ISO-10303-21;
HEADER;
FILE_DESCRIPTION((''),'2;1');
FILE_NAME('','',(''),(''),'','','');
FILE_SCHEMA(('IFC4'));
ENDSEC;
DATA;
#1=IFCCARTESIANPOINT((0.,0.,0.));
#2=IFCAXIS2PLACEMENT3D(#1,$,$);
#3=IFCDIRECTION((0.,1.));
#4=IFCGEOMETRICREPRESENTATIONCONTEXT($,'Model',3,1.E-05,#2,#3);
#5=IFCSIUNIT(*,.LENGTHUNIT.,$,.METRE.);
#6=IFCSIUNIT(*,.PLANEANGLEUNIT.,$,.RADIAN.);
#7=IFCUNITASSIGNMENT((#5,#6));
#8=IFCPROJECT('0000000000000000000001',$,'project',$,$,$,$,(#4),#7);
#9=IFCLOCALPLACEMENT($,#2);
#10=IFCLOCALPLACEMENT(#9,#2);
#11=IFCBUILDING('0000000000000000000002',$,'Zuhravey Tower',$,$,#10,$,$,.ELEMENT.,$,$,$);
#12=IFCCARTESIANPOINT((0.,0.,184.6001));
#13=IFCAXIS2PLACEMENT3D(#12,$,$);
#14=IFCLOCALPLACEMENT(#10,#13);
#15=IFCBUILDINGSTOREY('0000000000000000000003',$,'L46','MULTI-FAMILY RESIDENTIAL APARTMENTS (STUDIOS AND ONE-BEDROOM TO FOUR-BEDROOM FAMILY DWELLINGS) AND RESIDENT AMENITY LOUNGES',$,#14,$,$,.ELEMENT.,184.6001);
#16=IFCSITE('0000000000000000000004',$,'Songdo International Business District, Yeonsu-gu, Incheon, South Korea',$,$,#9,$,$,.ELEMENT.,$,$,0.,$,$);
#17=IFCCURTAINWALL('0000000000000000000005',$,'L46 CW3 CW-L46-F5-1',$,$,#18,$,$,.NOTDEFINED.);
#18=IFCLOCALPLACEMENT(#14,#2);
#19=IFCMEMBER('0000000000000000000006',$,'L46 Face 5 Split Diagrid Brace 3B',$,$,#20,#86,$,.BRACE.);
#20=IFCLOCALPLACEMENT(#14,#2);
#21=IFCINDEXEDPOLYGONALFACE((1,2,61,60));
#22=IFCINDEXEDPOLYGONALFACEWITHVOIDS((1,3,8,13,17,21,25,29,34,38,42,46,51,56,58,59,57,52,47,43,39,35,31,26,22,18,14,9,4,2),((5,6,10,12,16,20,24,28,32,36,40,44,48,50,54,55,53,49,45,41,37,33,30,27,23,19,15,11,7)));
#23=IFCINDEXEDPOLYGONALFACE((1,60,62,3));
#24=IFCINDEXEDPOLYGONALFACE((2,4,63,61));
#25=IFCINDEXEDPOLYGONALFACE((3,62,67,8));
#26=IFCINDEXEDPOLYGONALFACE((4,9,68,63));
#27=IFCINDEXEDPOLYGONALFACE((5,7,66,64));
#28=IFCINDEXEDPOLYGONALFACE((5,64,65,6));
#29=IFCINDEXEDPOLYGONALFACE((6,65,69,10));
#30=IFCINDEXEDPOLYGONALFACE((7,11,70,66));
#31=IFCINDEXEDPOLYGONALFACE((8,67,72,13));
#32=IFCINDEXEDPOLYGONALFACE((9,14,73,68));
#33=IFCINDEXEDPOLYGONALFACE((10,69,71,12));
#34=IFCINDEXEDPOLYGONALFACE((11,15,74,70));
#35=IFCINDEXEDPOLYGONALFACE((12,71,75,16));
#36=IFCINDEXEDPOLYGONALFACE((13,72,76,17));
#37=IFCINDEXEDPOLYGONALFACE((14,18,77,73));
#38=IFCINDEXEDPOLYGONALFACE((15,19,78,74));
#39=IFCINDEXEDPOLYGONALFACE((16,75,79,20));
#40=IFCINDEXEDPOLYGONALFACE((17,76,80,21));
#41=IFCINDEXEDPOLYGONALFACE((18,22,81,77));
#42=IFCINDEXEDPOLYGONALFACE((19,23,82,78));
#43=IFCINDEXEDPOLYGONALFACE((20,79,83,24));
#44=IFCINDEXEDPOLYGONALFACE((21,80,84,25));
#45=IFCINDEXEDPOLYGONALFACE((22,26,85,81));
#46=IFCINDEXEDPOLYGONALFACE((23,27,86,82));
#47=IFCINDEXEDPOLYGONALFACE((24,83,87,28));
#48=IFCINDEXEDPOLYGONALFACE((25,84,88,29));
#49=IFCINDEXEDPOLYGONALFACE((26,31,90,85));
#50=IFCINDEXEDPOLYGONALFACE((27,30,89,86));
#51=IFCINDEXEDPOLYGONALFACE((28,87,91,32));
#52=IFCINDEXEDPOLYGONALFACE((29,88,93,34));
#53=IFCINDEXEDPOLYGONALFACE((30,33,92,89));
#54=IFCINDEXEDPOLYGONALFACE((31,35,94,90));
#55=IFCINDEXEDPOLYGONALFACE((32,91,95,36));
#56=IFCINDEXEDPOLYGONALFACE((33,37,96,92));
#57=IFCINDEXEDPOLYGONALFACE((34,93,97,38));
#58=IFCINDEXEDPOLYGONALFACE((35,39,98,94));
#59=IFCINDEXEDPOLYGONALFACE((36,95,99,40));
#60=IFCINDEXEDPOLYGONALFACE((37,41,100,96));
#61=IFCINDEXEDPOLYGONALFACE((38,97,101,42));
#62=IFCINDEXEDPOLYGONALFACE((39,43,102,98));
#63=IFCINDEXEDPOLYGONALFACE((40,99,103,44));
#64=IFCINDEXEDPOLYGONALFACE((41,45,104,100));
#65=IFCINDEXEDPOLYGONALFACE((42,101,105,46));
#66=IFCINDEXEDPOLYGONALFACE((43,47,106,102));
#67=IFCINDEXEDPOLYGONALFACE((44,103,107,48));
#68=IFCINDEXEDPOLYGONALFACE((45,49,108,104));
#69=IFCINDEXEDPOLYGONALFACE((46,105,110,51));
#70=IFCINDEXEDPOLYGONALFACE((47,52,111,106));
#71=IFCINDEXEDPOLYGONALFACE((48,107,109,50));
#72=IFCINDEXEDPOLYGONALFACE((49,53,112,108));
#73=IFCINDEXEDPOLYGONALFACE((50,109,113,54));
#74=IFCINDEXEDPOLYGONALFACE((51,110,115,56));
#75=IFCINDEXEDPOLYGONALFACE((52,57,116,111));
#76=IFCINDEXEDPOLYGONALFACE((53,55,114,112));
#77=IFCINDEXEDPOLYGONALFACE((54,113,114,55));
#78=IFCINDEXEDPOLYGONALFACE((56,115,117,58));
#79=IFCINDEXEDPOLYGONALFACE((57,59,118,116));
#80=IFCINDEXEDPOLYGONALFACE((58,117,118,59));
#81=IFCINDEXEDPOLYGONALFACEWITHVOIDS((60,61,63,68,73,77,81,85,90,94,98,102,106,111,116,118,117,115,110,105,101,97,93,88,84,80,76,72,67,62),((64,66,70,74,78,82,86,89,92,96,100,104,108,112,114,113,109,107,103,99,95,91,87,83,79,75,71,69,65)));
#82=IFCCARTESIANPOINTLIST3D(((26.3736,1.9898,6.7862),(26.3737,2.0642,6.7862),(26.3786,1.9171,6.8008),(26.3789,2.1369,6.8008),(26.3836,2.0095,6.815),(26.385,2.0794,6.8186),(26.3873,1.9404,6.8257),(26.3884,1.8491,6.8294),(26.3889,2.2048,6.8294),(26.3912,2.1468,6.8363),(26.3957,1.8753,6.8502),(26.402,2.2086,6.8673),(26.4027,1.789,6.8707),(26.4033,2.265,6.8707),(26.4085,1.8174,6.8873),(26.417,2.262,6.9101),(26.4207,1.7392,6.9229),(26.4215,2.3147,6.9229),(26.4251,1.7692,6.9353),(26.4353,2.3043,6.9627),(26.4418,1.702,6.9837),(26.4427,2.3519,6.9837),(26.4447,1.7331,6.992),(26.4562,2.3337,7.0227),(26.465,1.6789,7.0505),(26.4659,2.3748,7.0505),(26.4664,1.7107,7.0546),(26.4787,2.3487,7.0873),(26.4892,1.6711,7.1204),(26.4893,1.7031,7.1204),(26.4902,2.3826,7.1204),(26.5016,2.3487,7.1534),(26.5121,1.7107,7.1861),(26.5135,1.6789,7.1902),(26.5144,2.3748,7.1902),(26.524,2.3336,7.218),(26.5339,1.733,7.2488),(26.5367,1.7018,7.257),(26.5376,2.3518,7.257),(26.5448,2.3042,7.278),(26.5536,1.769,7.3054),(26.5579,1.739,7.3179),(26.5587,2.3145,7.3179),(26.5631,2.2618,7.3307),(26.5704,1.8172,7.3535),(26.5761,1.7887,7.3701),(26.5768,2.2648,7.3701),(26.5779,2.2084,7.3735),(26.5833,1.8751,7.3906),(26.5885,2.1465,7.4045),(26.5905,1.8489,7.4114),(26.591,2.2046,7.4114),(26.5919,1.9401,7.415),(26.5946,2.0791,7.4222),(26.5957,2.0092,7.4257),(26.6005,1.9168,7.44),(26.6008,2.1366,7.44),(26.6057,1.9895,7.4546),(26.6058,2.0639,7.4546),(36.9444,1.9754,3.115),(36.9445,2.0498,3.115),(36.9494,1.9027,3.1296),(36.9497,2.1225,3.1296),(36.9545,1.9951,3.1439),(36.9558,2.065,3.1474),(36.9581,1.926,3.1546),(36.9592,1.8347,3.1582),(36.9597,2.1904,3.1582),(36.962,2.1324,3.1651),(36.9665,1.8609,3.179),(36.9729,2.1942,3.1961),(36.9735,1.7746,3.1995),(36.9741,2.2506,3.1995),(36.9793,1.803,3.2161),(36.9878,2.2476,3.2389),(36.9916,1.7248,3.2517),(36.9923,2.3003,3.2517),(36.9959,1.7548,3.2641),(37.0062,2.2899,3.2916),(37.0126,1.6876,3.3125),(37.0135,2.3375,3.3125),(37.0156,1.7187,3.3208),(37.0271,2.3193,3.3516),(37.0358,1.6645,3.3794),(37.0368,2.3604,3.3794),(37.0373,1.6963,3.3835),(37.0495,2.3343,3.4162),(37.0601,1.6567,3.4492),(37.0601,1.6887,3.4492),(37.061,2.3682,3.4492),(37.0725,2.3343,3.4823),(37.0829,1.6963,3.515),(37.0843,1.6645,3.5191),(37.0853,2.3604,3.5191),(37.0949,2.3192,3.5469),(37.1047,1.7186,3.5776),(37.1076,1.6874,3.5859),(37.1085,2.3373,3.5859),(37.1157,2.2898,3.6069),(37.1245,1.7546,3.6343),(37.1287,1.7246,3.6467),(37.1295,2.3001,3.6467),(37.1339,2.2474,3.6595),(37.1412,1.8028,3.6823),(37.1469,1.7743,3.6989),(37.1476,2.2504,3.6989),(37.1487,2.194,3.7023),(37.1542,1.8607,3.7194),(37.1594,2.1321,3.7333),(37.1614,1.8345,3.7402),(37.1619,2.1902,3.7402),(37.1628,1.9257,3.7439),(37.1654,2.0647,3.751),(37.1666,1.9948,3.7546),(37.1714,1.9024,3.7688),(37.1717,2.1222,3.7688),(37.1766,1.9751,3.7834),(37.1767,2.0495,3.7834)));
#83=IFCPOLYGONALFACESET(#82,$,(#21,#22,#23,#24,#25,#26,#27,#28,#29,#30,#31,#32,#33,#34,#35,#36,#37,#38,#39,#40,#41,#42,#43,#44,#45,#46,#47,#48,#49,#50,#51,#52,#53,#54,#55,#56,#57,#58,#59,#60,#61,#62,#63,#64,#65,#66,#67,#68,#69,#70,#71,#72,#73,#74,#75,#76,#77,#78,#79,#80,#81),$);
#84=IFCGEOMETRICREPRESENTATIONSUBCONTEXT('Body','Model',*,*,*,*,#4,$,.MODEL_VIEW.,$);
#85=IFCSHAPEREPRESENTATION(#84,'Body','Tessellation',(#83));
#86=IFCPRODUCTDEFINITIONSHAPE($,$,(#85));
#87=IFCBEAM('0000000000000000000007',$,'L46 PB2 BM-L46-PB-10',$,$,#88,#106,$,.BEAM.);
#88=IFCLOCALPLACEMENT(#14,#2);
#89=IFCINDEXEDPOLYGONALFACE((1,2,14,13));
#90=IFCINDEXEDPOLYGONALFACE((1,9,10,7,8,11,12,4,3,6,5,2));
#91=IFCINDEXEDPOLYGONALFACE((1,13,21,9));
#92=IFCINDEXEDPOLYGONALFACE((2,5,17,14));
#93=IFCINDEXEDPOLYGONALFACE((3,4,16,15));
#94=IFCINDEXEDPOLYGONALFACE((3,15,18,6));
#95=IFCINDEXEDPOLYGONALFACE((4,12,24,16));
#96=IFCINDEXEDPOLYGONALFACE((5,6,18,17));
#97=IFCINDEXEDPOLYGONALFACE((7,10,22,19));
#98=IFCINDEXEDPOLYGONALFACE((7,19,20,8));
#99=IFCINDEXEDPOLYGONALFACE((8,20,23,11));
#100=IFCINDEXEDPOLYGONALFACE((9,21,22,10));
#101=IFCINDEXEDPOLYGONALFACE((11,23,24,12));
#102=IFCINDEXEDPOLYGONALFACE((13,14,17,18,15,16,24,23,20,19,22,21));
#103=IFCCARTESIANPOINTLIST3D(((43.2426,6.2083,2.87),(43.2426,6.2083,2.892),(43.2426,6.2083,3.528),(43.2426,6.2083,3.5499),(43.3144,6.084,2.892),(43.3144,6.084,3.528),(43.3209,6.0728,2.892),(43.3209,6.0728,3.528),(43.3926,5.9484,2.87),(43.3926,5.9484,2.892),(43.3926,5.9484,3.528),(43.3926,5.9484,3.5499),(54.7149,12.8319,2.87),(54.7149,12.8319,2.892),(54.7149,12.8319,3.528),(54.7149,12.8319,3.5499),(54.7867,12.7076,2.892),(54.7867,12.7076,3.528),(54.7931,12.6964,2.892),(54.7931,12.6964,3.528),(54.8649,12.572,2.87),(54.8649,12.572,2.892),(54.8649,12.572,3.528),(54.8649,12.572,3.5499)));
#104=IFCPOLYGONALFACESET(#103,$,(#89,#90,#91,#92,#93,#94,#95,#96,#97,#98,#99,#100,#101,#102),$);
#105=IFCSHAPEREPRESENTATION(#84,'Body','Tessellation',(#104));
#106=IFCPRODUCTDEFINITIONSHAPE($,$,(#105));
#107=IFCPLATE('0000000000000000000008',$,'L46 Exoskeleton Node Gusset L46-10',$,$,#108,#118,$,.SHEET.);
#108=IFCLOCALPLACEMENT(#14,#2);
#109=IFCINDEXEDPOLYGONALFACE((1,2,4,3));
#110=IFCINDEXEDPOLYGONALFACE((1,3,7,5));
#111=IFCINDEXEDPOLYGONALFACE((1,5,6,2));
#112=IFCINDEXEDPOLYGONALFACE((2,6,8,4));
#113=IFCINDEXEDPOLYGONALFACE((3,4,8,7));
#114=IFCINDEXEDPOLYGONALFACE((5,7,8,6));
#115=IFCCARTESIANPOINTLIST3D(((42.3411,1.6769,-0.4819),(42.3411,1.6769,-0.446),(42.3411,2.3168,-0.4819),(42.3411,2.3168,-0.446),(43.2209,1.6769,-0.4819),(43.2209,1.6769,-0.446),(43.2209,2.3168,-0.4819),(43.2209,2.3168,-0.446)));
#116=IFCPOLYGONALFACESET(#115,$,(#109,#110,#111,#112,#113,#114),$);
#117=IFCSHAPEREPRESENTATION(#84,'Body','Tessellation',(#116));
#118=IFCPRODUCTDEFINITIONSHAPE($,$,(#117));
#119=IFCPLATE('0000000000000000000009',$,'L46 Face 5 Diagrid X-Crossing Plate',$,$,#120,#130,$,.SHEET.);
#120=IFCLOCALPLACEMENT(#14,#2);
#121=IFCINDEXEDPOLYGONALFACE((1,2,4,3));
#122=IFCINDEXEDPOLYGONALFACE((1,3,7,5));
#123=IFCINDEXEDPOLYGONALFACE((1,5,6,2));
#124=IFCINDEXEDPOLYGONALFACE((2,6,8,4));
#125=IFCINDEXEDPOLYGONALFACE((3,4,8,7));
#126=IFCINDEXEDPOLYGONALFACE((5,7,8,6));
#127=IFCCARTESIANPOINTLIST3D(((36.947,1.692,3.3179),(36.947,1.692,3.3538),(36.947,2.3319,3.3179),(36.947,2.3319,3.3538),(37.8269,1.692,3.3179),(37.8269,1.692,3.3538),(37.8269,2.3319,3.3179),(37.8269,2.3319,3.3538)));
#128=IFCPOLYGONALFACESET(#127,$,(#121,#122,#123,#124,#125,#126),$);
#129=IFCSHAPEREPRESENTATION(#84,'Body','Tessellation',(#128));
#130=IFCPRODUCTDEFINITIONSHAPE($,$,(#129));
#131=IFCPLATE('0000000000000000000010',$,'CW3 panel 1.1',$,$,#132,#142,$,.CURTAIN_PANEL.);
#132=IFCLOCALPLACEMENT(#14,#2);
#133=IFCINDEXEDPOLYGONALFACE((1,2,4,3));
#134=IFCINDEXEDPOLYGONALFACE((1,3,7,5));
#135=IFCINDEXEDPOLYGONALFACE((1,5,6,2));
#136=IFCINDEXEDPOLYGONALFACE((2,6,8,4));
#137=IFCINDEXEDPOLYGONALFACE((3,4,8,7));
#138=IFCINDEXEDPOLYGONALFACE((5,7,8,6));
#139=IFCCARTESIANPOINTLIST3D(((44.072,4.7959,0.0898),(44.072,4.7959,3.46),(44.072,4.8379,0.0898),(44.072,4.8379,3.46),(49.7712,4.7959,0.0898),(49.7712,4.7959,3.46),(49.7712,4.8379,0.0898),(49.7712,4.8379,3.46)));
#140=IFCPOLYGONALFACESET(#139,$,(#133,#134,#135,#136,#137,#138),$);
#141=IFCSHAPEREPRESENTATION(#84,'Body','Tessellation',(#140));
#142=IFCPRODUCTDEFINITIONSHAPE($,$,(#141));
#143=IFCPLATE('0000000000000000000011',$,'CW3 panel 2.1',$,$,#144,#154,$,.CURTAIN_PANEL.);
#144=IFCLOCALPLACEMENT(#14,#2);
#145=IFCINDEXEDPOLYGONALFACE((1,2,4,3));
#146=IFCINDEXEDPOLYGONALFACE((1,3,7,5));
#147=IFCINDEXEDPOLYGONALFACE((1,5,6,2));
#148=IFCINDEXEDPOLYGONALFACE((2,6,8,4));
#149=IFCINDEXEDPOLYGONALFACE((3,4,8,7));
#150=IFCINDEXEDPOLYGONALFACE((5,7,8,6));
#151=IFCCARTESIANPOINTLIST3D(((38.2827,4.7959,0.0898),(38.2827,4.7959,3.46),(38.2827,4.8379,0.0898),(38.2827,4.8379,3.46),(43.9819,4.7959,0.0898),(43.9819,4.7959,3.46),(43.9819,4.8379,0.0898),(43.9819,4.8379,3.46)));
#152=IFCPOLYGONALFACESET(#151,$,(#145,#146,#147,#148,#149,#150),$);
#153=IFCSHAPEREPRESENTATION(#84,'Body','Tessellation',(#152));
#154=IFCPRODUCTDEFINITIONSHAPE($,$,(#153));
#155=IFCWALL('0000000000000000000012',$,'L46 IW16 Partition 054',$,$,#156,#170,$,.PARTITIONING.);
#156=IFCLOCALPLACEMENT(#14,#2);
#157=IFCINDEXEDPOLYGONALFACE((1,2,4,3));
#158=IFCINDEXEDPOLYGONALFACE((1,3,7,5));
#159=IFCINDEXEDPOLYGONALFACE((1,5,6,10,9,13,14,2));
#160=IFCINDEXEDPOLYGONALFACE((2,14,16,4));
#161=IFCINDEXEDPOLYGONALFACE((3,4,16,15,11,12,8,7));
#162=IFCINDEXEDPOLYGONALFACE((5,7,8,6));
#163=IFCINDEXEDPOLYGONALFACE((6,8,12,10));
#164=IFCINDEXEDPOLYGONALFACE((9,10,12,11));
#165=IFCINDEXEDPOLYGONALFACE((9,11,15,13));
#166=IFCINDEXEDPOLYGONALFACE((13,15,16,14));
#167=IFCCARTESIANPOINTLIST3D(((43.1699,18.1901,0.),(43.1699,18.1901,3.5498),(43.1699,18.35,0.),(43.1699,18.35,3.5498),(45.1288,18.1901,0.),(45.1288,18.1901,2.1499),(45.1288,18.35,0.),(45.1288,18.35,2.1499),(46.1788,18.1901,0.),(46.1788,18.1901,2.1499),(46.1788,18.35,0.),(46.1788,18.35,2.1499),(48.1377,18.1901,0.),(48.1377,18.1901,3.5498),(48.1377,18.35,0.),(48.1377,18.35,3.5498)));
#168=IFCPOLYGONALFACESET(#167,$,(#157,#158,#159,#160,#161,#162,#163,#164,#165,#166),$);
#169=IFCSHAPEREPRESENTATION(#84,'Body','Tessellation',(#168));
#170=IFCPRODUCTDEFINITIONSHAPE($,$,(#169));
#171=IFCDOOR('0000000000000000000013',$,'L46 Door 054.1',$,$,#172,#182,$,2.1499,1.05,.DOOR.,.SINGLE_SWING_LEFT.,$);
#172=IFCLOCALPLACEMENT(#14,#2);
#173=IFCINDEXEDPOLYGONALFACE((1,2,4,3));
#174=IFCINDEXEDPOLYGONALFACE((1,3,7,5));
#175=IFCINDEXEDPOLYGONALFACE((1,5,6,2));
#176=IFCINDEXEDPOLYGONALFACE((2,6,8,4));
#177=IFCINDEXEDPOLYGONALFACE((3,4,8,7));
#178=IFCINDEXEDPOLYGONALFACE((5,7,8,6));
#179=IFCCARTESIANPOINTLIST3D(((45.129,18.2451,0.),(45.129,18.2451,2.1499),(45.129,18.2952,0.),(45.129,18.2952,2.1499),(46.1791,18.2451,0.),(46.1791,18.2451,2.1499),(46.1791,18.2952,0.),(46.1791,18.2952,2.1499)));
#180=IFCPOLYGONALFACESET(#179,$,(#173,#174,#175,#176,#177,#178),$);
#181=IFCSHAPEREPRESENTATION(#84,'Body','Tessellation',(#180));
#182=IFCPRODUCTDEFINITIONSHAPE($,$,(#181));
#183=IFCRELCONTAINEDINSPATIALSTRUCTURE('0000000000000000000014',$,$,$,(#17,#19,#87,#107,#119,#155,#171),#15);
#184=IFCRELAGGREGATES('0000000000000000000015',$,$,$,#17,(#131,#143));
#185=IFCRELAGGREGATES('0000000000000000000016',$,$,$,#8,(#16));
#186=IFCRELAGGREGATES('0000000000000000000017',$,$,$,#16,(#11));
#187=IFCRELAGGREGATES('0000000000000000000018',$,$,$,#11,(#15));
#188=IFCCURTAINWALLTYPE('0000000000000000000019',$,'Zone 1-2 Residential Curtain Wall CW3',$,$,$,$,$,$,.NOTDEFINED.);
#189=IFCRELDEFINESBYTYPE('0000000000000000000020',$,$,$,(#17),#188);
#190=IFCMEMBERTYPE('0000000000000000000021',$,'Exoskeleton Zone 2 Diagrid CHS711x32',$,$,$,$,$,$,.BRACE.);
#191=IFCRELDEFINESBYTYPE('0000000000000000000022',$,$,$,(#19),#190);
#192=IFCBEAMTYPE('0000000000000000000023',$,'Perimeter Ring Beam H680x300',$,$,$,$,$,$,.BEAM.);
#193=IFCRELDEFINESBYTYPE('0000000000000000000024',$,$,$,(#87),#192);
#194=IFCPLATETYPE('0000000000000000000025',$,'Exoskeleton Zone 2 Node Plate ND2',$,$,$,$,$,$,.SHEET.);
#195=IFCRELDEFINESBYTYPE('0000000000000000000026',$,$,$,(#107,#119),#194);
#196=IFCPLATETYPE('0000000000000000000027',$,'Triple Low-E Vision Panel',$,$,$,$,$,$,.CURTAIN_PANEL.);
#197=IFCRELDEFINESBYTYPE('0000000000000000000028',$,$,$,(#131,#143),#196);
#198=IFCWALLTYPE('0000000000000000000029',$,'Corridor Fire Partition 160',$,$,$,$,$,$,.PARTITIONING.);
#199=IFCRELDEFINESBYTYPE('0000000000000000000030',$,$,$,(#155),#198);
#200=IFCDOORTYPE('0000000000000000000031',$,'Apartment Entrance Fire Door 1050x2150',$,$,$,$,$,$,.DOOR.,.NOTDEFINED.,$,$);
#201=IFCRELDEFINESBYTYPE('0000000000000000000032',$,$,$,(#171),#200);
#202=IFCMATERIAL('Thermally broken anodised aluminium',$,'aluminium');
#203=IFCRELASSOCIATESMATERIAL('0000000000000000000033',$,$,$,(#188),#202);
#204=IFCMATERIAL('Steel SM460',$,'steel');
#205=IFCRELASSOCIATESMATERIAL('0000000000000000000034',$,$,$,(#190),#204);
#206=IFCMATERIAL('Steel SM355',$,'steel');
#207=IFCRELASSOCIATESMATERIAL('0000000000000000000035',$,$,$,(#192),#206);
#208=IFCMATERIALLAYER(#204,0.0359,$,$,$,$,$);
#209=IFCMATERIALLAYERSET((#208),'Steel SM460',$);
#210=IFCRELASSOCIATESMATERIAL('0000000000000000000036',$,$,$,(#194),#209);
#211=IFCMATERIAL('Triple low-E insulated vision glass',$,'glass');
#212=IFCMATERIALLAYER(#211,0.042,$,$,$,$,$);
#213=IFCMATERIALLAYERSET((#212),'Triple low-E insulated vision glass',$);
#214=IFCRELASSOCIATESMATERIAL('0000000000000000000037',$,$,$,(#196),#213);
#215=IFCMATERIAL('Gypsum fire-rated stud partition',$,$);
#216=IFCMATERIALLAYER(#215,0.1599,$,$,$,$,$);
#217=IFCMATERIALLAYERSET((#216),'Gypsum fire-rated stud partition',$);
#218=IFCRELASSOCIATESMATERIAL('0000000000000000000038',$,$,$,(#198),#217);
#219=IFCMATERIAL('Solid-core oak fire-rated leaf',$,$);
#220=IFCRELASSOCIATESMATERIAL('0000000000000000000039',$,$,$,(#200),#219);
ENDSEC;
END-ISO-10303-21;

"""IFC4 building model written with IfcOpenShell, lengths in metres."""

from ifc_helpers import new_model, si_unit, direction, frame, frame_2d, origin, origin_2d, place, context, subcontext, project, spatial, rectangle, hollow_circle, i_section, extrude, material, layer, layer_set, material_profile, profile_set, type_object, element, fill, aggregate, save


model = new_model("IFC4")

# Units and contexts
model_context = context("Model", 3, precision=1e-05, world=origin(), true_north=direction((0.0, 1.0)))
body_context = subcontext(model_context, "Body", "Model", "MODEL_VIEW")
ifc_project = project(units=[si_unit("LENGTHUNIT", "METRE"), si_unit("PLANEANGLEUNIT", "RADIAN")], contexts=[model_context])

# Site, building, storey
site_placement = place(None, origin())
site = spatial("IfcSite", under=ifc_project, at=site_placement, Name="Songdo International Business District, Yeonsu-gu, Incheon, South Korea", CompositionType="ELEMENT", RefElevation=0.0)
building_placement = place(site_placement, origin())
building = spatial("IfcBuilding", under=site, at=building_placement, Name="Zuhravey Tower", CompositionType="ELEMENT")
storey_placement = place(building_placement, frame((0.0, 0.0, 184.6001)))
storey = spatial("IfcBuildingStorey", under=building, at=storey_placement, Name="L46", Description="MULTI-FAMILY RESIDENTIAL APARTMENTS (STUDIOS AND ONE-BEDROOM TO FOUR-BEDROOM FAMILY DWELLINGS) AND RESIDENT AMENITY LOUNGES", CompositionType="ELEMENT", Elevation=184.6001)

# Curtain wall
ifc_material_1 = material(Name="Thermally broken anodised aluminium", Category="aluminium")
curtain_wall_type = type_object("IfcCurtainWallType", Name="Zone 1-2 Residential Curtain Wall CW3", PredefinedType="NOTDEFINED", material=ifc_material_1)
curtain_wall_1_placement = place(storey_placement, origin())
curtain_wall_1 = element("IfcCurtainWall", 1, at=curtain_wall_1_placement, inside=storey, type_object=curtain_wall_type, Name="L46 CW3 CW-L46-F5-1", PredefinedType="NOTDEFINED")

# Member
ifc_material_2 = material(Name="Steel SM460", Category="steel")
ifc_material_profile_1 = material_profile(ifc_material_2, hollow_circle(Radius=0.3557, WallThickness=0.032, at=origin_2d()), Name="CHS-711.2x32")
ifc_profile_set_1 = profile_set([ifc_material_profile_1], Name="Steel SM460")
member_type_1 = type_object("IfcMemberType", Name="Exoskeleton Zone 2 Diagrid CHS711x32", PredefinedType="BRACE", material=ifc_profile_set_1)
member_1_placement = place(storey_placement, frame((37.0605, 2.0125, 3.4492), z_axis=(-0.944653, 0.001287, 0.328069), x_axis=(-0.001363, -0.999999, 0.0)))
element("IfcMember", 2, at=member_1_placement, inside=storey, type_object=member_type_1, Name="L46 Face 5 Split Diagrid Brace 3B", PredefinedType="BRACE", context=body_context, shape_type="SweptSolid", body=[
    extrude(hollow_circle(Radius=0.3557, WallThickness=0.032, at=origin_2d()), origin(), (0.0, 0.0, 1.0), 11.1902),
])

# Beam
ifc_material_3 = material(Name="Steel SM355", Category="steel")
ifc_material_profile_2 = material_profile(ifc_material_3, i_section(OverallWidth=0.3, OverallDepth=0.6799, WebThickness=0.0129, FlangeThickness=0.022, at=origin_2d()), Name="H-680x300x13x22")
ifc_profile_set_2 = profile_set([ifc_material_profile_2], Name="Steel SM355")
beam_type = type_object("IfcBeamType", Name="Perimeter Ring Beam H680x300", PredefinedType="BEAM", material=ifc_profile_set_2)
beam_placement = place(storey_placement, frame((43.3176, 6.0784, 3.21), z_axis=(0.866023, 0.500004, 0.0), x_axis=(-0.500004, 0.866023, 0.0)))
element("IfcBeam", 3, at=beam_placement, inside=storey, type_object=beam_type, Name="L46 PB2 BM-L46-PB-10", PredefinedType="BEAM", context=body_context, shape_type="SweptSolid", body=[
    extrude(i_section(OverallWidth=0.3, OverallDepth=0.6799, WebThickness=0.0129, FlangeThickness=0.022, at=origin_2d()), origin(), (0.0, 0.0, 1.0), 13.2471),
])

# Plates
ifc_layer_1 = layer(ifc_material_2, 0.0359)
ifc_layer_set_1 = layer_set([ifc_layer_1], Name="Steel SM460")
plate_type_1 = type_object("IfcPlateType", Name="Exoskeleton Zone 2 Node Plate ND2", PredefinedType="SHEET", material=ifc_layer_set_1)
for number, where, z_axis, x_axis, name in (
    (4, (42.781, 1.9968, -0.4819), (0.0, 0.0, 1.0), (1.0, 0.0, 0.0), "L46 Exoskeleton Node Gusset L46-10"),
    (5, (37.387, 2.012, 3.3179), (0.0, 0.0, 1.0), (1.0, 0.0, 0.0), "L46 Face 5 Diagrid X-Crossing Plate"),
):
    element("IfcPlate", number, at=place(storey_placement, frame(where, z_axis=z_axis, x_axis=x_axis)), inside=storey, type_object=plate_type_1, Name=name, PredefinedType="SHEET", context=body_context, shape_type="SweptSolid", body=[
        extrude(rectangle(XDim=0.8799, YDim=0.6399, at=origin_2d()), origin(), (0.0, 0.0, 1.0), 0.0359),
    ])

# Plates
ifc_material_4 = material(Name="Triple low-E insulated vision glass", Category="glass")
ifc_layer_2 = layer(ifc_material_4, 0.042)
ifc_layer_set_2 = layer_set([ifc_layer_2], Name="Triple low-E insulated vision glass")
plate_type_2 = type_object("IfcPlateType", Name="Triple Low-E Vision Panel", PredefinedType="CURTAIN_PANEL", material=ifc_layer_set_2)
plate_1_placement = place(storey_placement, frame((46.9216, 4.8169, 0.0898), z_axis=(0.0, 0.0, 1.0), x_axis=(-1.0, 0.0, 0.0)))
plate_1 = element("IfcPlate", 6, at=plate_1_placement, type_object=plate_type_2, Name="CW3 panel 1.1", PredefinedType="CURTAIN_PANEL", context=body_context, shape_type="SweptSolid", body=[
    extrude(rectangle(XDim=5.6992, YDim=0.042, at=origin_2d()), origin(), (0.0, 0.0, 1.0), 3.3701),
])
plate_2_placement = place(storey_placement, frame((41.1323, 4.8169, 0.0898), z_axis=(0.0, 0.0, 1.0), x_axis=(-1.0, 0.0, 0.0)))
plate_2 = element("IfcPlate", 7, at=plate_2_placement, type_object=plate_type_2, Name="CW3 panel 2.1", PredefinedType="CURTAIN_PANEL", context=body_context, shape_type="SweptSolid", body=[
    extrude(rectangle(XDim=5.6992, YDim=0.042, at=origin_2d()), origin(), (0.0, 0.0, 1.0), 3.3701),
])
aggregate(curtain_wall_1, [plate_1, plate_2])

# Wall, opening, door
ifc_material_5 = material(Name="Gypsum fire-rated stud partition")
ifc_layer_3 = layer(ifc_material_5, 0.1599)
ifc_layer_set_3 = layer_set([ifc_layer_3], Name="Gypsum fire-rated stud partition")
wall_type_1 = type_object("IfcWallType", Name="Corridor Fire Partition 160", PredefinedType="PARTITIONING", material=ifc_layer_set_3)
ifc_material_6 = material(Name="Solid-core oak fire-rated leaf")
door_type_1 = type_object("IfcDoorType", Name="Apartment Entrance Fire Door 1050x2150", OperationType="NOTDEFINED", PredefinedType="DOOR", material=ifc_material_6)
wall_1_placement = place(storey_placement, frame((43.1699, 18.27, 0.0), z_axis=(0.0, 0.0, 1.0), x_axis=(1.0, 0.0, 0.0)))
wall_1 = element("IfcWall", 8, at=wall_1_placement, inside=storey, type_object=wall_type_1, Name="L46 IW16 Partition 054", PredefinedType="PARTITIONING", context=body_context, shape_type="SweptSolid", body=[
    extrude(rectangle(XDim=4.9678, YDim=0.1599, at=frame_2d((2.4839, 0.0))), origin(), (0.0, 0.0, 1.0), 3.5498),
])
opening_1_placement = place(wall_1_placement, frame((1.959, 0.0, 0.0)))
opening_1 = element("IfcOpeningElement", 9, at=opening_1_placement, cuts=wall_1, PredefinedType="OPENING", context=body_context, shape_type="SweptSolid", body=[
    extrude(rectangle(XDim=1.05, YDim=2.1499, at=frame_2d((0.5249, 1.075))), frame((0.0, 0.092, 0.0), z_axis=(0.0, -1.0, 0.0), x_axis=(1.0, 0.0, 0.0)), (0.0, 0.0, 1.0), 0.1838),
])
door_1_placement = place(opening_1_placement, frame((1.05, 0.0, 0.0), z_axis=(0.0, 0.0, 1.0), x_axis=(-1.0, 0.0, 0.0)))
door_1 = element("IfcDoor", 10, at=door_1_placement, inside=storey, type_object=door_type_1, Name="L46 Door 054.1", OperationType="SINGLE_SWING_LEFT", OverallHeight=2.1499, OverallWidth=1.05, PredefinedType="DOOR", context=body_context, shape_type="SweptSolid", body=[
    extrude(rectangle(XDim=1.05, YDim=2.1499, at=frame_2d((0.5249, 1.075))), frame((0.0, 0.0249, 0.0), z_axis=(0.0, -1.0, 0.0), x_axis=(1.0, 0.0, 0.0)), (0.0, 0.0, 1.0), 0.05),
])
fill(opening_1, door_1)

save(model, "model.ifc")
